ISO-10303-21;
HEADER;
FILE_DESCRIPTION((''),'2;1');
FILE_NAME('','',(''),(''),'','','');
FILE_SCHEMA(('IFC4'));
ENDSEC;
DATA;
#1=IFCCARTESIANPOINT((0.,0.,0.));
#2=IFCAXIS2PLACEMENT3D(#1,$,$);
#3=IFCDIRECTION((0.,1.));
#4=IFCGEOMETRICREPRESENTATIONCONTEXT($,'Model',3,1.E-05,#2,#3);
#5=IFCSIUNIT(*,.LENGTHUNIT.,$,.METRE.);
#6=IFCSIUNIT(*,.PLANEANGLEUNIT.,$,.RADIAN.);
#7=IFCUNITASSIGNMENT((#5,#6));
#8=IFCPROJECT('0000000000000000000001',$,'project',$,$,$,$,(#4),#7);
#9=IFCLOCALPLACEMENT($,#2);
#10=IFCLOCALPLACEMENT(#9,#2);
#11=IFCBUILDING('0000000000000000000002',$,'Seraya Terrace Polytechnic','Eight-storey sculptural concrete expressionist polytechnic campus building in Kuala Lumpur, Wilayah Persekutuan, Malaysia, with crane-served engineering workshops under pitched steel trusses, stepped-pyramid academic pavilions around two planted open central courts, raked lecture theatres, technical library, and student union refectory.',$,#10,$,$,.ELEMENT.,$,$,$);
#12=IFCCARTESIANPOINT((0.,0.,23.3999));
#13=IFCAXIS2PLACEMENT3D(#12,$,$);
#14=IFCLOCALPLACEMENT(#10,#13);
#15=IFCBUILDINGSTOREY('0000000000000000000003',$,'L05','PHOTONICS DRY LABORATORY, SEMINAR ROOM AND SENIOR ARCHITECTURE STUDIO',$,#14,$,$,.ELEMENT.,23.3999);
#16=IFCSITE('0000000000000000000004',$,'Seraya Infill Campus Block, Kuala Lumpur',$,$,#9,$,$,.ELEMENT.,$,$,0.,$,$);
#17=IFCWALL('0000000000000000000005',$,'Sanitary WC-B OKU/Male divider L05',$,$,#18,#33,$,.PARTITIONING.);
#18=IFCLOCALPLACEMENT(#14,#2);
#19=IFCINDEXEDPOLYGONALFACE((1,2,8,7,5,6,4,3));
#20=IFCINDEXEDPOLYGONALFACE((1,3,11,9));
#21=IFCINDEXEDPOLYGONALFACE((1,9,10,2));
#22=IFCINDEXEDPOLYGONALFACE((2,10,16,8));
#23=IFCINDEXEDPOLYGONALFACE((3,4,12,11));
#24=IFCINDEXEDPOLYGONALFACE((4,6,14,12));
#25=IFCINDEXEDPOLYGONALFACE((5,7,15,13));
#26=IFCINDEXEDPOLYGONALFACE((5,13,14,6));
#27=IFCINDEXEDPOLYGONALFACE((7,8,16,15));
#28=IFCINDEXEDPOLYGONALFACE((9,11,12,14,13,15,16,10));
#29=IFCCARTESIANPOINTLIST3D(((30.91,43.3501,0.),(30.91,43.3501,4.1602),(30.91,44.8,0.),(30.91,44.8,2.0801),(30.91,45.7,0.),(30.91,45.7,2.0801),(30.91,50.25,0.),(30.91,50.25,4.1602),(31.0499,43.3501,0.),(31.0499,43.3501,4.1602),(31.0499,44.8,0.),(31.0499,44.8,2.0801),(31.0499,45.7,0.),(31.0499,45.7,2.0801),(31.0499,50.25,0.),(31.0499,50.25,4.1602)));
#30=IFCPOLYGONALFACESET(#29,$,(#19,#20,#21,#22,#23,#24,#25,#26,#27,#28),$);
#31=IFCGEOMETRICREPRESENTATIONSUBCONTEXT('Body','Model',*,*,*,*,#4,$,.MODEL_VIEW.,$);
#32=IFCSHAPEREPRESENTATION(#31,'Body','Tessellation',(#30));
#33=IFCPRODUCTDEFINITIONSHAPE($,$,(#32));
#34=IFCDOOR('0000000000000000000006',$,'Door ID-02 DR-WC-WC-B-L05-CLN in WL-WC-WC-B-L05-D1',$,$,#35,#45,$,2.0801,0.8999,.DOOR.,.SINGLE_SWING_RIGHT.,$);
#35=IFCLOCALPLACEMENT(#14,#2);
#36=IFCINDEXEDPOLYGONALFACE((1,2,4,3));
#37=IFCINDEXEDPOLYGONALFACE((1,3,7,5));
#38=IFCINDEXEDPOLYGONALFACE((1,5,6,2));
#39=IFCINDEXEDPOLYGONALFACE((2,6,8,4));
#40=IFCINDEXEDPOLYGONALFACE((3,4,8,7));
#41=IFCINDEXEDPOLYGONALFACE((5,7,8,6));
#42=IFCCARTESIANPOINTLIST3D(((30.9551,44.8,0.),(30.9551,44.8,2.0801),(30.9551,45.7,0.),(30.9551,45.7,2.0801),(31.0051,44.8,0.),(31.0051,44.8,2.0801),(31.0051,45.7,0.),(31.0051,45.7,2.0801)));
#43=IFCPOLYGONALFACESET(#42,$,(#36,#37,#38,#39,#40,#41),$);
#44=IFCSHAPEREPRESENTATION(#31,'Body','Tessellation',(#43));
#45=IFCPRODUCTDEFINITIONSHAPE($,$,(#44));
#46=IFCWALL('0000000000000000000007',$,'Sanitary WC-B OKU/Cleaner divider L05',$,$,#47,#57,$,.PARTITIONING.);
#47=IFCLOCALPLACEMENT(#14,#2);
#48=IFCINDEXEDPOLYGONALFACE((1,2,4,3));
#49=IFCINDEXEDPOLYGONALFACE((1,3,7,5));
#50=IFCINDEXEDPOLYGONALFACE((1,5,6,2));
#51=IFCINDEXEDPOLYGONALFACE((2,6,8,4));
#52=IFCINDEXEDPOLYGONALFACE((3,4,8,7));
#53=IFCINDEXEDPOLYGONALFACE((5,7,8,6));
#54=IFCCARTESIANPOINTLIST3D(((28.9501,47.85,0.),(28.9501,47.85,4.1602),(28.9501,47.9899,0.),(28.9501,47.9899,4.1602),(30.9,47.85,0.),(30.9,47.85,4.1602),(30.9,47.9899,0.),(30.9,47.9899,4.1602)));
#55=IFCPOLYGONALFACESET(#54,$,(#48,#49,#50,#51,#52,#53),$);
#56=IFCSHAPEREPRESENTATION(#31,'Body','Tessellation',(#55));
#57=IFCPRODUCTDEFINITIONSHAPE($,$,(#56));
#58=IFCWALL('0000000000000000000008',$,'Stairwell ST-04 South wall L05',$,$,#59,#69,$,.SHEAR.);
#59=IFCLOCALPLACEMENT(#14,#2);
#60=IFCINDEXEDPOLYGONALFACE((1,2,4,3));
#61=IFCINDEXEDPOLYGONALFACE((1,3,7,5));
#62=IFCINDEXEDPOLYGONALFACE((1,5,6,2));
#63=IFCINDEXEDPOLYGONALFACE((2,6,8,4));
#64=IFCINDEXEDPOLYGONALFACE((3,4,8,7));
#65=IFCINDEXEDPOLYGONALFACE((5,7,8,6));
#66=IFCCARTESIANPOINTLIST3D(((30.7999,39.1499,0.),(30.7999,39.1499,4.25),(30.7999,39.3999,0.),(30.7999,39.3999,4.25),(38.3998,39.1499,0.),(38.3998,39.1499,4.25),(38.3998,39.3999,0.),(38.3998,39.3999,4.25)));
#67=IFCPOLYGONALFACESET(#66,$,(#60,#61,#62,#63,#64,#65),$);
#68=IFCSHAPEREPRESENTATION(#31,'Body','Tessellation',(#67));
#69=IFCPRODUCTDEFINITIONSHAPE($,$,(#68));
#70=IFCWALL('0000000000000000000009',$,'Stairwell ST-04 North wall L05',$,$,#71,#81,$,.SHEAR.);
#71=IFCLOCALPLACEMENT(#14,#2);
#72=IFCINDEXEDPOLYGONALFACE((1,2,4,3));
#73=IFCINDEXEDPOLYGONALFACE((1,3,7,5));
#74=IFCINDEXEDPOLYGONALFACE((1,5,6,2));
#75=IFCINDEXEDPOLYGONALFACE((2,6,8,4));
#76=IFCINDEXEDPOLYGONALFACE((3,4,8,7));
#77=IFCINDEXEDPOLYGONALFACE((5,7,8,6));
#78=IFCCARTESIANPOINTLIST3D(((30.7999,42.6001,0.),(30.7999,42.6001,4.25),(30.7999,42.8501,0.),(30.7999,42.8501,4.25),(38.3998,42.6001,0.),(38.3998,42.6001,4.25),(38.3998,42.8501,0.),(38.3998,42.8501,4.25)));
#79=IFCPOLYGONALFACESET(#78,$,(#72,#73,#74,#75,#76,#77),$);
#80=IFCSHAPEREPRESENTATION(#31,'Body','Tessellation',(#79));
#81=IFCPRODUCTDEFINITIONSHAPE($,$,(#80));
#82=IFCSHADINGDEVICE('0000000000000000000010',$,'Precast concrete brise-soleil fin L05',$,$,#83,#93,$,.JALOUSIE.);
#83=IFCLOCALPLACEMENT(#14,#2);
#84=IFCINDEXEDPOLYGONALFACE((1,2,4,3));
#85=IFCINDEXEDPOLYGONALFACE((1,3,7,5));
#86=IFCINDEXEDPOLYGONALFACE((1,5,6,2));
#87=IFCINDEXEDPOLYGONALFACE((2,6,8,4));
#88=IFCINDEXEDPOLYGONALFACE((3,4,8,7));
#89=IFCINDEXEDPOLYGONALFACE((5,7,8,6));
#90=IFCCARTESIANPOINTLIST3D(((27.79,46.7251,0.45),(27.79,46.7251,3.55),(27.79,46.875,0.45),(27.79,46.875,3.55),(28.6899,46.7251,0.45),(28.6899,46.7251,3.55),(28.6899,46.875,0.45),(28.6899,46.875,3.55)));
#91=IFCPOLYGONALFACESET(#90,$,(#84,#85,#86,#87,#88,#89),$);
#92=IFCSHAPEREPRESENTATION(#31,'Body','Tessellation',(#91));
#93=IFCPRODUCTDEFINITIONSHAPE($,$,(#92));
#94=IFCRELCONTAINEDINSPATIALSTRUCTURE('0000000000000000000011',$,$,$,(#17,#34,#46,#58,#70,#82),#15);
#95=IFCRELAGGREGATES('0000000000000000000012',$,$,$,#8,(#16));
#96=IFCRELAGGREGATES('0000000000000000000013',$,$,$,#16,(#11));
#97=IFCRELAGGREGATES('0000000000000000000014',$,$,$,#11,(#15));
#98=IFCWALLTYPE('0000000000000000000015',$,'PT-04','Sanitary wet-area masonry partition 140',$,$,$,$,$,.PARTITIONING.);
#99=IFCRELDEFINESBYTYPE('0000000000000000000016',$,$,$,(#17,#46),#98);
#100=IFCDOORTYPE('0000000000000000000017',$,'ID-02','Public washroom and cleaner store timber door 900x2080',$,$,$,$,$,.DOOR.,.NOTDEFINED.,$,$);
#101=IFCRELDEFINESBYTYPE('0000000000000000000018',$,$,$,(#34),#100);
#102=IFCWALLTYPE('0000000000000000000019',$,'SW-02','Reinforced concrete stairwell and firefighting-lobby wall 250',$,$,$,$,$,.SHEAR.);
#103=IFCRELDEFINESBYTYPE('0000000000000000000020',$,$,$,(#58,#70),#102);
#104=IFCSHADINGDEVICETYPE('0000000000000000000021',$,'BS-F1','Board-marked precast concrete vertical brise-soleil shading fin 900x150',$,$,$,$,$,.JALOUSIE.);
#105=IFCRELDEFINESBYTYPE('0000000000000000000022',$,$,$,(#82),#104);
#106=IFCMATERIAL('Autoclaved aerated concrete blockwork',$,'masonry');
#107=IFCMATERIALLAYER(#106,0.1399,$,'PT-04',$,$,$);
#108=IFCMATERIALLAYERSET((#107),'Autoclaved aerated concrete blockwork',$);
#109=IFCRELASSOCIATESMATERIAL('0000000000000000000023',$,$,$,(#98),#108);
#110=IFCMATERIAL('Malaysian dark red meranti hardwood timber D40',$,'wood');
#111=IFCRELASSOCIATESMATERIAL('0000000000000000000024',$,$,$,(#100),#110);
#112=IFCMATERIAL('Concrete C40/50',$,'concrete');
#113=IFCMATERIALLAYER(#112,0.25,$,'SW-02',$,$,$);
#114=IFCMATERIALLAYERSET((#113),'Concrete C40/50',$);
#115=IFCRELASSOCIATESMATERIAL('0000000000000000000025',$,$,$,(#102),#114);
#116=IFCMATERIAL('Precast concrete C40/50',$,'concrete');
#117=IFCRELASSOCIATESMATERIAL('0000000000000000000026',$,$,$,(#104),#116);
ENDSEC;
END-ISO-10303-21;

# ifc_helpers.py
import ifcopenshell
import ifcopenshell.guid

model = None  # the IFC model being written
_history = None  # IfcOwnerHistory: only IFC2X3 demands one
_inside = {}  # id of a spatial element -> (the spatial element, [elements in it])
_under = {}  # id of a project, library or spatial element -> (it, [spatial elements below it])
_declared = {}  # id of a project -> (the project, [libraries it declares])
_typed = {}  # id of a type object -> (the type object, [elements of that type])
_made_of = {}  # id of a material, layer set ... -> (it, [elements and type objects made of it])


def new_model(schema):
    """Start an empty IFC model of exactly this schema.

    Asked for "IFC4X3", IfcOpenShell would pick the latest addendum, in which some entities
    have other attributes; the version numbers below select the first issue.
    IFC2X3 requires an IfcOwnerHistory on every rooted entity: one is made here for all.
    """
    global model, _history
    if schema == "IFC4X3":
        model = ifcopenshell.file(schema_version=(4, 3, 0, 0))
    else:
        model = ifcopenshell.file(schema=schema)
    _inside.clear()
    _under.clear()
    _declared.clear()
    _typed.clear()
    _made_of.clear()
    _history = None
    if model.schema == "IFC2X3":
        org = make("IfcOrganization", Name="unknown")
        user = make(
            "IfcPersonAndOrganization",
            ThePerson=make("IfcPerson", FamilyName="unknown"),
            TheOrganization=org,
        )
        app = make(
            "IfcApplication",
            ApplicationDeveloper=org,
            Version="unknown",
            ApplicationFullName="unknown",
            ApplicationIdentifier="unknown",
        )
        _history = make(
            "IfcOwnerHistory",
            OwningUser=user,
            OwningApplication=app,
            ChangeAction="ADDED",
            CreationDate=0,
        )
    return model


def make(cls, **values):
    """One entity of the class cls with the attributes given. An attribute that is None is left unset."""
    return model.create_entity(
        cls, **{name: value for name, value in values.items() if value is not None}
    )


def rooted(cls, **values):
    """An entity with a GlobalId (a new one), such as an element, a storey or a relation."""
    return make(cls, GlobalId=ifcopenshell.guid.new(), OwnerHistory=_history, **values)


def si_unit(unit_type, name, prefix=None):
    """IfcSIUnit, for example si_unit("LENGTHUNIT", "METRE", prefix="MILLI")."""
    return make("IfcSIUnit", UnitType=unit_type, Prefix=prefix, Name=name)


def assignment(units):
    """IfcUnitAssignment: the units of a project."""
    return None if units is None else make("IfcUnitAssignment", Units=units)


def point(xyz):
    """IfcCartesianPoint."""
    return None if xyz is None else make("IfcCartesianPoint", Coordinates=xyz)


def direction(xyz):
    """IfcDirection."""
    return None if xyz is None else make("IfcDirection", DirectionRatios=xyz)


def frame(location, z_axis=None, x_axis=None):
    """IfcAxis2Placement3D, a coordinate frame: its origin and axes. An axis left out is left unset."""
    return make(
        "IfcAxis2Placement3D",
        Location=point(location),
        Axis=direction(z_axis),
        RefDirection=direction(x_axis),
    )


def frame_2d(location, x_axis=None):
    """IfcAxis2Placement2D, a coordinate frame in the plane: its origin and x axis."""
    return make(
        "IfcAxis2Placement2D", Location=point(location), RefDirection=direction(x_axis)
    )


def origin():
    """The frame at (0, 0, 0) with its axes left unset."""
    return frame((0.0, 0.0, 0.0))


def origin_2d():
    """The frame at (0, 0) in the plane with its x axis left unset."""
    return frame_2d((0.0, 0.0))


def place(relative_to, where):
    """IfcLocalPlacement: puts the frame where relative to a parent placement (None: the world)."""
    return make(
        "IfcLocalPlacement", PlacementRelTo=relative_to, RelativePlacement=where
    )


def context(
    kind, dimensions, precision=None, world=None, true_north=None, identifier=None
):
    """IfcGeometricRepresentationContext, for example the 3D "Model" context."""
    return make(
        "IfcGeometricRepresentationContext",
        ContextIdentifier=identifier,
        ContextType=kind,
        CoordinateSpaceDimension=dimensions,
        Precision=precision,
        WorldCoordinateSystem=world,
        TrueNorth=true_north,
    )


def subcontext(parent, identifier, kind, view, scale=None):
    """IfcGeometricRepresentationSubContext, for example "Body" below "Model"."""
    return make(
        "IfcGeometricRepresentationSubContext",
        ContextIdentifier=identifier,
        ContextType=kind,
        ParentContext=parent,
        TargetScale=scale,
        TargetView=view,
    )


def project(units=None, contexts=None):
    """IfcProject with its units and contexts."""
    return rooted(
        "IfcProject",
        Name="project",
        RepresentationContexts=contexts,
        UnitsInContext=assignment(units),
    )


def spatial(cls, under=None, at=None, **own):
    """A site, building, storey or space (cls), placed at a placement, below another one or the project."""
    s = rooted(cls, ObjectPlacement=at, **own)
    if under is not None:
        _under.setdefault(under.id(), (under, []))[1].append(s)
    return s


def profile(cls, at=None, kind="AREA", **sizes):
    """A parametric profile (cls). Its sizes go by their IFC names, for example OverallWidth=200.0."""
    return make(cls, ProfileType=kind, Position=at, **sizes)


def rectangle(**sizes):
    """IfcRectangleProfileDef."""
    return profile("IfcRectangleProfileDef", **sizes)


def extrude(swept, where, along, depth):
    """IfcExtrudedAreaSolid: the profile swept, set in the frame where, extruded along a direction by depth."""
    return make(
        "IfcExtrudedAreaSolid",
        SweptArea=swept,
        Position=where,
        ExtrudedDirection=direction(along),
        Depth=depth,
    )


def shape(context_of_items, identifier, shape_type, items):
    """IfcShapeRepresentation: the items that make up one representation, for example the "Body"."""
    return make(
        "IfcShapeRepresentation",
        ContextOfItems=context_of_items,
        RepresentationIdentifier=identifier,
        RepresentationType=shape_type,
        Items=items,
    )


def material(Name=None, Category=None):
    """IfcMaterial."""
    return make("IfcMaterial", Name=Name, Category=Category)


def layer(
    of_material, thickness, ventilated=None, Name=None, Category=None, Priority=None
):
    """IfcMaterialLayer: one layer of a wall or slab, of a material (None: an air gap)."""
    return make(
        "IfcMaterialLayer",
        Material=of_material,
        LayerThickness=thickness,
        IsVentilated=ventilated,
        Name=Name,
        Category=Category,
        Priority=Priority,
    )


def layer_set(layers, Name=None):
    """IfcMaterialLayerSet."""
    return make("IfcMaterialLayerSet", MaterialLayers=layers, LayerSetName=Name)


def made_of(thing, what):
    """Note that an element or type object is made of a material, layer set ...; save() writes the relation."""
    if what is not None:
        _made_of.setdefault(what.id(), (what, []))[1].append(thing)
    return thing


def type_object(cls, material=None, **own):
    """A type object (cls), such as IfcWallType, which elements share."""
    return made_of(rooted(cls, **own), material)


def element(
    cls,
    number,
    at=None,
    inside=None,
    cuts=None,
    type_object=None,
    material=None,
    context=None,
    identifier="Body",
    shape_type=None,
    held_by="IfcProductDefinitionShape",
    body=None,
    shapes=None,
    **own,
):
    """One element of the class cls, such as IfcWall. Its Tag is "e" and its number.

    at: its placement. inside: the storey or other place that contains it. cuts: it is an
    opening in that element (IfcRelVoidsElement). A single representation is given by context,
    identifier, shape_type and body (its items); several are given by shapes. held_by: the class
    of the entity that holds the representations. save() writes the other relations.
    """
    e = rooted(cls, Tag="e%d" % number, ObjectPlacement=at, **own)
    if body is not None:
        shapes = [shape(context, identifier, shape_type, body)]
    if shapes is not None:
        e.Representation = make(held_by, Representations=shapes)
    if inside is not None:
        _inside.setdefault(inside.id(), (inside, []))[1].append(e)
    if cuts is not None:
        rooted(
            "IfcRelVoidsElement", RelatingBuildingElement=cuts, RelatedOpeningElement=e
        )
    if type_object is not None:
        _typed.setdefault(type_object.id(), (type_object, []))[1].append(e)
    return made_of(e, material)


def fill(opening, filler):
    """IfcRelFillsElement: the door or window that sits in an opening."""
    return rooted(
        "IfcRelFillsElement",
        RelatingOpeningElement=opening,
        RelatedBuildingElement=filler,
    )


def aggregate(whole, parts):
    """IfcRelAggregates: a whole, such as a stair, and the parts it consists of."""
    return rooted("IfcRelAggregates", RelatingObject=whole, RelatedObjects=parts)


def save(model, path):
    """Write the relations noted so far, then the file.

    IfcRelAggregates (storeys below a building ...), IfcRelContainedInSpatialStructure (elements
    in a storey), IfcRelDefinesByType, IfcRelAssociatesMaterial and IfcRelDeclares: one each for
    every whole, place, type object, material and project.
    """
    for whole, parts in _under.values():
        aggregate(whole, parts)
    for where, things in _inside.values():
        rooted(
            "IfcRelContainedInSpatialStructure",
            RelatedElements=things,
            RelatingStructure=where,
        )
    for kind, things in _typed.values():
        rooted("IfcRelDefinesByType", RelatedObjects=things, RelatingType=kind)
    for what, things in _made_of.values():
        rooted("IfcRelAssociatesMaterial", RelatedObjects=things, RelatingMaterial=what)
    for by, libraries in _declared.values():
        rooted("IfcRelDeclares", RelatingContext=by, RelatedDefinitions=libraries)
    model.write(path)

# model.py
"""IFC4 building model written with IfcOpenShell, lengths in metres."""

from ifc_helpers import new_model, si_unit, direction, frame, frame_2d, origin, origin_2d, place, context, subcontext, project, spatial, rectangle, extrude, material, layer, layer_set, type_object, element, fill, save


model = new_model("IFC4")

# Units and contexts
model_context = context("Model", 3, precision=1e-05, world=origin(), true_north=direction((0.0, 1.0)))
body_context = subcontext(model_context, "Body", "Model", "MODEL_VIEW")
ifc_project = project(units=[si_unit("LENGTHUNIT", "METRE"), si_unit("PLANEANGLEUNIT", "RADIAN")], contexts=[model_context])

# Site, building, storey
site_placement = place(None, origin())
site = spatial("IfcSite", under=ifc_project, at=site_placement, Name="Seraya Infill Campus Block, Kuala Lumpur", CompositionType="ELEMENT", RefElevation=0.0)
building_placement = place(site_placement, origin())
building = spatial("IfcBuilding", under=site, at=building_placement, Name="Seraya Terrace Polytechnic", Description="Eight-storey sculptural concrete expressionist polytechnic campus building in Kuala Lumpur, Wilayah Persekutuan, Malaysia, with crane-served engineering workshops under pitched steel trusses, stepped-pyramid academic pavilions around two planted open central courts, raked lecture theatres, technical library, and student union refectory.", CompositionType="ELEMENT")
storey_placement = place(building_placement, frame((0.0, 0.0, 23.3999)))
storey = spatial("IfcBuildingStorey", under=building, at=storey_placement, Name="L05", Description="PHOTONICS DRY LABORATORY, SEMINAR ROOM AND SENIOR ARCHITECTURE STUDIO", CompositionType="ELEMENT", Elevation=23.3999)

# Shared definitions
ifc_material_1 = material(Name="Concrete C40/50", Category="concrete")

# Shared definitions
ifc_material_2 = material(Name="Precast concrete C40/50", Category="concrete")

# Shared definitions
ifc_material_3 = material(Name="Autoclaved aerated concrete blockwork", Category="masonry")
ifc_layer_1 = layer(ifc_material_3, 0.1399, Name="PT-04")
ifc_layer_set_1 = layer_set([ifc_layer_1], Name="Autoclaved aerated concrete blockwork")
wall_type_1 = type_object("IfcWallType", Name="PT-04", Description="Sanitary wet-area masonry partition 140", PredefinedType="PARTITIONING", material=ifc_layer_set_1)

# Shared definitions
ifc_material_4 = material(Name="Malaysian dark red meranti hardwood timber D40", Category="wood")
door_type_1 = type_object("IfcDoorType", Name="ID-02", Description="Public washroom and cleaner store timber door 900x2080", OperationType="NOTDEFINED", PredefinedType="DOOR", material=ifc_material_4)

# Wall, opening, door
wall_1_placement = place(storey_placement, frame((30.98, 43.3501, 0.0), z_axis=(0.0, 0.0, 1.0), x_axis=(0.0, 1.0, 0.0)))
wall_1 = element("IfcWall", 1, at=wall_1_placement, inside=storey, type_object=wall_type_1, Name="Sanitary WC-B OKU/Male divider L05", PredefinedType="PARTITIONING", context=body_context, shape_type="SweptSolid", body=[
    extrude(rectangle(XDim=6.8999, YDim=0.1399, at=frame_2d((3.45, 0.0))), origin(), (0.0, 0.0, 1.0), 4.1602),
])
opening_1_placement = place(wall_1_placement, frame((1.45, 0.0, 0.0)))
opening_1 = element("IfcOpeningElement", 2, at=opening_1_placement, cuts=wall_1, PredefinedType="OPENING", context=body_context, shape_type="SweptSolid", body=[
    extrude(rectangle(XDim=0.8999, YDim=2.0801, at=frame_2d((0.45, 1.04))), frame((0.0, 0.082, 0.0), z_axis=(0.0, -1.0, 0.0), x_axis=(1.0, 0.0, 0.0)), (0.0, 0.0, 1.0), 0.1638),
])
door_1_placement = place(opening_1_placement, origin())
door_1 = element("IfcDoor", 3, at=door_1_placement, inside=storey, type_object=door_type_1, Name="Door ID-02 DR-WC-WC-B-L05-CLN in WL-WC-WC-B-L05-D1", OperationType="SINGLE_SWING_RIGHT", OverallHeight=2.0801, OverallWidth=0.8999, PredefinedType="DOOR", context=body_context, shape_type="SweptSolid", body=[
    extrude(rectangle(XDim=0.8999, YDim=2.0801, at=frame_2d((0.45, 1.04))), frame((0.0, 0.0249, 0.0), z_axis=(0.0, -1.0, 0.0), x_axis=(1.0, 0.0, 0.0)), (0.0, 0.0, 1.0), 0.05),
])
fill(opening_1, door_1)

# Wall
wall_2_placement = place(storey_placement, frame((28.95, 47.9199, 0.0), z_axis=(0.0, 0.0, 1.0), x_axis=(1.0, 0.0, 0.0)))
element("IfcWall", 4, at=wall_2_placement, inside=storey, type_object=wall_type_1, Name="Sanitary WC-B OKU/Cleaner divider L05", PredefinedType="PARTITIONING", context=body_context, shape_type="SweptSolid", body=[
    extrude(rectangle(XDim=1.95, YDim=0.1399, at=frame_2d((0.9751, 0.0))), origin(), (0.0, 0.0, 1.0), 4.1602),
])

# Shared definitions
ifc_layer_2 = layer(ifc_material_1, 0.25, Name="SW-02")
ifc_layer_set_2 = layer_set([ifc_layer_2], Name="Concrete C40/50")
wall_type_2 = type_object("IfcWallType", Name="SW-02", Description="Reinforced concrete stairwell and firefighting-lobby wall 250", PredefinedType="SHEAR", material=ifc_layer_set_2)

# Walls
for number, where, z_axis, x_axis, name in (
    (5, (30.8, 39.2749, 0.0), (0.0, 0.0, 1.0), (1.0, 0.0, 0.0), "Stairwell ST-04 South wall L05"),
    (6, (30.8, 42.7251, 0.0), (0.0, 0.0, 1.0), (1.0, 0.0, 0.0), "Stairwell ST-04 North wall L05"),
):
    element("IfcWall", number, at=place(storey_placement, frame(where, z_axis=z_axis, x_axis=x_axis)), inside=storey, type_object=wall_type_2, Name=name, PredefinedType="SHEAR", context=body_context, shape_type="SweptSolid", body=[
        extrude(rectangle(XDim=7.5999, YDim=0.25, at=frame_2d((3.7998, 0.0))), origin(), (0.0, 0.0, 1.0), 4.25),
    ])

# Shading device
shading_device_type = type_object("IfcShadingDeviceType", Name="BS-F1", Description="Board-marked precast concrete vertical brise-soleil shading fin 900x150", PredefinedType="JALOUSIE", material=ifc_material_2)
shading_device_placement = place(storey_placement, frame((28.24, 46.8, 0.45), z_axis=(0.0, 0.0, 1.0), x_axis=(-1.0, 0.0, 0.0)))
element("IfcShadingDevice", 7, at=shading_device_placement, inside=storey, type_object=shading_device_type, Name="Precast concrete brise-soleil fin L05", PredefinedType="JALOUSIE", context=body_context, shape_type="SweptSolid", body=[
    extrude(rectangle(XDim=0.8999, YDim=0.1499, at=origin_2d()), origin(), (0.0, 0.0, 1.0), 3.1001),
])

save(model, "model.ifc")
